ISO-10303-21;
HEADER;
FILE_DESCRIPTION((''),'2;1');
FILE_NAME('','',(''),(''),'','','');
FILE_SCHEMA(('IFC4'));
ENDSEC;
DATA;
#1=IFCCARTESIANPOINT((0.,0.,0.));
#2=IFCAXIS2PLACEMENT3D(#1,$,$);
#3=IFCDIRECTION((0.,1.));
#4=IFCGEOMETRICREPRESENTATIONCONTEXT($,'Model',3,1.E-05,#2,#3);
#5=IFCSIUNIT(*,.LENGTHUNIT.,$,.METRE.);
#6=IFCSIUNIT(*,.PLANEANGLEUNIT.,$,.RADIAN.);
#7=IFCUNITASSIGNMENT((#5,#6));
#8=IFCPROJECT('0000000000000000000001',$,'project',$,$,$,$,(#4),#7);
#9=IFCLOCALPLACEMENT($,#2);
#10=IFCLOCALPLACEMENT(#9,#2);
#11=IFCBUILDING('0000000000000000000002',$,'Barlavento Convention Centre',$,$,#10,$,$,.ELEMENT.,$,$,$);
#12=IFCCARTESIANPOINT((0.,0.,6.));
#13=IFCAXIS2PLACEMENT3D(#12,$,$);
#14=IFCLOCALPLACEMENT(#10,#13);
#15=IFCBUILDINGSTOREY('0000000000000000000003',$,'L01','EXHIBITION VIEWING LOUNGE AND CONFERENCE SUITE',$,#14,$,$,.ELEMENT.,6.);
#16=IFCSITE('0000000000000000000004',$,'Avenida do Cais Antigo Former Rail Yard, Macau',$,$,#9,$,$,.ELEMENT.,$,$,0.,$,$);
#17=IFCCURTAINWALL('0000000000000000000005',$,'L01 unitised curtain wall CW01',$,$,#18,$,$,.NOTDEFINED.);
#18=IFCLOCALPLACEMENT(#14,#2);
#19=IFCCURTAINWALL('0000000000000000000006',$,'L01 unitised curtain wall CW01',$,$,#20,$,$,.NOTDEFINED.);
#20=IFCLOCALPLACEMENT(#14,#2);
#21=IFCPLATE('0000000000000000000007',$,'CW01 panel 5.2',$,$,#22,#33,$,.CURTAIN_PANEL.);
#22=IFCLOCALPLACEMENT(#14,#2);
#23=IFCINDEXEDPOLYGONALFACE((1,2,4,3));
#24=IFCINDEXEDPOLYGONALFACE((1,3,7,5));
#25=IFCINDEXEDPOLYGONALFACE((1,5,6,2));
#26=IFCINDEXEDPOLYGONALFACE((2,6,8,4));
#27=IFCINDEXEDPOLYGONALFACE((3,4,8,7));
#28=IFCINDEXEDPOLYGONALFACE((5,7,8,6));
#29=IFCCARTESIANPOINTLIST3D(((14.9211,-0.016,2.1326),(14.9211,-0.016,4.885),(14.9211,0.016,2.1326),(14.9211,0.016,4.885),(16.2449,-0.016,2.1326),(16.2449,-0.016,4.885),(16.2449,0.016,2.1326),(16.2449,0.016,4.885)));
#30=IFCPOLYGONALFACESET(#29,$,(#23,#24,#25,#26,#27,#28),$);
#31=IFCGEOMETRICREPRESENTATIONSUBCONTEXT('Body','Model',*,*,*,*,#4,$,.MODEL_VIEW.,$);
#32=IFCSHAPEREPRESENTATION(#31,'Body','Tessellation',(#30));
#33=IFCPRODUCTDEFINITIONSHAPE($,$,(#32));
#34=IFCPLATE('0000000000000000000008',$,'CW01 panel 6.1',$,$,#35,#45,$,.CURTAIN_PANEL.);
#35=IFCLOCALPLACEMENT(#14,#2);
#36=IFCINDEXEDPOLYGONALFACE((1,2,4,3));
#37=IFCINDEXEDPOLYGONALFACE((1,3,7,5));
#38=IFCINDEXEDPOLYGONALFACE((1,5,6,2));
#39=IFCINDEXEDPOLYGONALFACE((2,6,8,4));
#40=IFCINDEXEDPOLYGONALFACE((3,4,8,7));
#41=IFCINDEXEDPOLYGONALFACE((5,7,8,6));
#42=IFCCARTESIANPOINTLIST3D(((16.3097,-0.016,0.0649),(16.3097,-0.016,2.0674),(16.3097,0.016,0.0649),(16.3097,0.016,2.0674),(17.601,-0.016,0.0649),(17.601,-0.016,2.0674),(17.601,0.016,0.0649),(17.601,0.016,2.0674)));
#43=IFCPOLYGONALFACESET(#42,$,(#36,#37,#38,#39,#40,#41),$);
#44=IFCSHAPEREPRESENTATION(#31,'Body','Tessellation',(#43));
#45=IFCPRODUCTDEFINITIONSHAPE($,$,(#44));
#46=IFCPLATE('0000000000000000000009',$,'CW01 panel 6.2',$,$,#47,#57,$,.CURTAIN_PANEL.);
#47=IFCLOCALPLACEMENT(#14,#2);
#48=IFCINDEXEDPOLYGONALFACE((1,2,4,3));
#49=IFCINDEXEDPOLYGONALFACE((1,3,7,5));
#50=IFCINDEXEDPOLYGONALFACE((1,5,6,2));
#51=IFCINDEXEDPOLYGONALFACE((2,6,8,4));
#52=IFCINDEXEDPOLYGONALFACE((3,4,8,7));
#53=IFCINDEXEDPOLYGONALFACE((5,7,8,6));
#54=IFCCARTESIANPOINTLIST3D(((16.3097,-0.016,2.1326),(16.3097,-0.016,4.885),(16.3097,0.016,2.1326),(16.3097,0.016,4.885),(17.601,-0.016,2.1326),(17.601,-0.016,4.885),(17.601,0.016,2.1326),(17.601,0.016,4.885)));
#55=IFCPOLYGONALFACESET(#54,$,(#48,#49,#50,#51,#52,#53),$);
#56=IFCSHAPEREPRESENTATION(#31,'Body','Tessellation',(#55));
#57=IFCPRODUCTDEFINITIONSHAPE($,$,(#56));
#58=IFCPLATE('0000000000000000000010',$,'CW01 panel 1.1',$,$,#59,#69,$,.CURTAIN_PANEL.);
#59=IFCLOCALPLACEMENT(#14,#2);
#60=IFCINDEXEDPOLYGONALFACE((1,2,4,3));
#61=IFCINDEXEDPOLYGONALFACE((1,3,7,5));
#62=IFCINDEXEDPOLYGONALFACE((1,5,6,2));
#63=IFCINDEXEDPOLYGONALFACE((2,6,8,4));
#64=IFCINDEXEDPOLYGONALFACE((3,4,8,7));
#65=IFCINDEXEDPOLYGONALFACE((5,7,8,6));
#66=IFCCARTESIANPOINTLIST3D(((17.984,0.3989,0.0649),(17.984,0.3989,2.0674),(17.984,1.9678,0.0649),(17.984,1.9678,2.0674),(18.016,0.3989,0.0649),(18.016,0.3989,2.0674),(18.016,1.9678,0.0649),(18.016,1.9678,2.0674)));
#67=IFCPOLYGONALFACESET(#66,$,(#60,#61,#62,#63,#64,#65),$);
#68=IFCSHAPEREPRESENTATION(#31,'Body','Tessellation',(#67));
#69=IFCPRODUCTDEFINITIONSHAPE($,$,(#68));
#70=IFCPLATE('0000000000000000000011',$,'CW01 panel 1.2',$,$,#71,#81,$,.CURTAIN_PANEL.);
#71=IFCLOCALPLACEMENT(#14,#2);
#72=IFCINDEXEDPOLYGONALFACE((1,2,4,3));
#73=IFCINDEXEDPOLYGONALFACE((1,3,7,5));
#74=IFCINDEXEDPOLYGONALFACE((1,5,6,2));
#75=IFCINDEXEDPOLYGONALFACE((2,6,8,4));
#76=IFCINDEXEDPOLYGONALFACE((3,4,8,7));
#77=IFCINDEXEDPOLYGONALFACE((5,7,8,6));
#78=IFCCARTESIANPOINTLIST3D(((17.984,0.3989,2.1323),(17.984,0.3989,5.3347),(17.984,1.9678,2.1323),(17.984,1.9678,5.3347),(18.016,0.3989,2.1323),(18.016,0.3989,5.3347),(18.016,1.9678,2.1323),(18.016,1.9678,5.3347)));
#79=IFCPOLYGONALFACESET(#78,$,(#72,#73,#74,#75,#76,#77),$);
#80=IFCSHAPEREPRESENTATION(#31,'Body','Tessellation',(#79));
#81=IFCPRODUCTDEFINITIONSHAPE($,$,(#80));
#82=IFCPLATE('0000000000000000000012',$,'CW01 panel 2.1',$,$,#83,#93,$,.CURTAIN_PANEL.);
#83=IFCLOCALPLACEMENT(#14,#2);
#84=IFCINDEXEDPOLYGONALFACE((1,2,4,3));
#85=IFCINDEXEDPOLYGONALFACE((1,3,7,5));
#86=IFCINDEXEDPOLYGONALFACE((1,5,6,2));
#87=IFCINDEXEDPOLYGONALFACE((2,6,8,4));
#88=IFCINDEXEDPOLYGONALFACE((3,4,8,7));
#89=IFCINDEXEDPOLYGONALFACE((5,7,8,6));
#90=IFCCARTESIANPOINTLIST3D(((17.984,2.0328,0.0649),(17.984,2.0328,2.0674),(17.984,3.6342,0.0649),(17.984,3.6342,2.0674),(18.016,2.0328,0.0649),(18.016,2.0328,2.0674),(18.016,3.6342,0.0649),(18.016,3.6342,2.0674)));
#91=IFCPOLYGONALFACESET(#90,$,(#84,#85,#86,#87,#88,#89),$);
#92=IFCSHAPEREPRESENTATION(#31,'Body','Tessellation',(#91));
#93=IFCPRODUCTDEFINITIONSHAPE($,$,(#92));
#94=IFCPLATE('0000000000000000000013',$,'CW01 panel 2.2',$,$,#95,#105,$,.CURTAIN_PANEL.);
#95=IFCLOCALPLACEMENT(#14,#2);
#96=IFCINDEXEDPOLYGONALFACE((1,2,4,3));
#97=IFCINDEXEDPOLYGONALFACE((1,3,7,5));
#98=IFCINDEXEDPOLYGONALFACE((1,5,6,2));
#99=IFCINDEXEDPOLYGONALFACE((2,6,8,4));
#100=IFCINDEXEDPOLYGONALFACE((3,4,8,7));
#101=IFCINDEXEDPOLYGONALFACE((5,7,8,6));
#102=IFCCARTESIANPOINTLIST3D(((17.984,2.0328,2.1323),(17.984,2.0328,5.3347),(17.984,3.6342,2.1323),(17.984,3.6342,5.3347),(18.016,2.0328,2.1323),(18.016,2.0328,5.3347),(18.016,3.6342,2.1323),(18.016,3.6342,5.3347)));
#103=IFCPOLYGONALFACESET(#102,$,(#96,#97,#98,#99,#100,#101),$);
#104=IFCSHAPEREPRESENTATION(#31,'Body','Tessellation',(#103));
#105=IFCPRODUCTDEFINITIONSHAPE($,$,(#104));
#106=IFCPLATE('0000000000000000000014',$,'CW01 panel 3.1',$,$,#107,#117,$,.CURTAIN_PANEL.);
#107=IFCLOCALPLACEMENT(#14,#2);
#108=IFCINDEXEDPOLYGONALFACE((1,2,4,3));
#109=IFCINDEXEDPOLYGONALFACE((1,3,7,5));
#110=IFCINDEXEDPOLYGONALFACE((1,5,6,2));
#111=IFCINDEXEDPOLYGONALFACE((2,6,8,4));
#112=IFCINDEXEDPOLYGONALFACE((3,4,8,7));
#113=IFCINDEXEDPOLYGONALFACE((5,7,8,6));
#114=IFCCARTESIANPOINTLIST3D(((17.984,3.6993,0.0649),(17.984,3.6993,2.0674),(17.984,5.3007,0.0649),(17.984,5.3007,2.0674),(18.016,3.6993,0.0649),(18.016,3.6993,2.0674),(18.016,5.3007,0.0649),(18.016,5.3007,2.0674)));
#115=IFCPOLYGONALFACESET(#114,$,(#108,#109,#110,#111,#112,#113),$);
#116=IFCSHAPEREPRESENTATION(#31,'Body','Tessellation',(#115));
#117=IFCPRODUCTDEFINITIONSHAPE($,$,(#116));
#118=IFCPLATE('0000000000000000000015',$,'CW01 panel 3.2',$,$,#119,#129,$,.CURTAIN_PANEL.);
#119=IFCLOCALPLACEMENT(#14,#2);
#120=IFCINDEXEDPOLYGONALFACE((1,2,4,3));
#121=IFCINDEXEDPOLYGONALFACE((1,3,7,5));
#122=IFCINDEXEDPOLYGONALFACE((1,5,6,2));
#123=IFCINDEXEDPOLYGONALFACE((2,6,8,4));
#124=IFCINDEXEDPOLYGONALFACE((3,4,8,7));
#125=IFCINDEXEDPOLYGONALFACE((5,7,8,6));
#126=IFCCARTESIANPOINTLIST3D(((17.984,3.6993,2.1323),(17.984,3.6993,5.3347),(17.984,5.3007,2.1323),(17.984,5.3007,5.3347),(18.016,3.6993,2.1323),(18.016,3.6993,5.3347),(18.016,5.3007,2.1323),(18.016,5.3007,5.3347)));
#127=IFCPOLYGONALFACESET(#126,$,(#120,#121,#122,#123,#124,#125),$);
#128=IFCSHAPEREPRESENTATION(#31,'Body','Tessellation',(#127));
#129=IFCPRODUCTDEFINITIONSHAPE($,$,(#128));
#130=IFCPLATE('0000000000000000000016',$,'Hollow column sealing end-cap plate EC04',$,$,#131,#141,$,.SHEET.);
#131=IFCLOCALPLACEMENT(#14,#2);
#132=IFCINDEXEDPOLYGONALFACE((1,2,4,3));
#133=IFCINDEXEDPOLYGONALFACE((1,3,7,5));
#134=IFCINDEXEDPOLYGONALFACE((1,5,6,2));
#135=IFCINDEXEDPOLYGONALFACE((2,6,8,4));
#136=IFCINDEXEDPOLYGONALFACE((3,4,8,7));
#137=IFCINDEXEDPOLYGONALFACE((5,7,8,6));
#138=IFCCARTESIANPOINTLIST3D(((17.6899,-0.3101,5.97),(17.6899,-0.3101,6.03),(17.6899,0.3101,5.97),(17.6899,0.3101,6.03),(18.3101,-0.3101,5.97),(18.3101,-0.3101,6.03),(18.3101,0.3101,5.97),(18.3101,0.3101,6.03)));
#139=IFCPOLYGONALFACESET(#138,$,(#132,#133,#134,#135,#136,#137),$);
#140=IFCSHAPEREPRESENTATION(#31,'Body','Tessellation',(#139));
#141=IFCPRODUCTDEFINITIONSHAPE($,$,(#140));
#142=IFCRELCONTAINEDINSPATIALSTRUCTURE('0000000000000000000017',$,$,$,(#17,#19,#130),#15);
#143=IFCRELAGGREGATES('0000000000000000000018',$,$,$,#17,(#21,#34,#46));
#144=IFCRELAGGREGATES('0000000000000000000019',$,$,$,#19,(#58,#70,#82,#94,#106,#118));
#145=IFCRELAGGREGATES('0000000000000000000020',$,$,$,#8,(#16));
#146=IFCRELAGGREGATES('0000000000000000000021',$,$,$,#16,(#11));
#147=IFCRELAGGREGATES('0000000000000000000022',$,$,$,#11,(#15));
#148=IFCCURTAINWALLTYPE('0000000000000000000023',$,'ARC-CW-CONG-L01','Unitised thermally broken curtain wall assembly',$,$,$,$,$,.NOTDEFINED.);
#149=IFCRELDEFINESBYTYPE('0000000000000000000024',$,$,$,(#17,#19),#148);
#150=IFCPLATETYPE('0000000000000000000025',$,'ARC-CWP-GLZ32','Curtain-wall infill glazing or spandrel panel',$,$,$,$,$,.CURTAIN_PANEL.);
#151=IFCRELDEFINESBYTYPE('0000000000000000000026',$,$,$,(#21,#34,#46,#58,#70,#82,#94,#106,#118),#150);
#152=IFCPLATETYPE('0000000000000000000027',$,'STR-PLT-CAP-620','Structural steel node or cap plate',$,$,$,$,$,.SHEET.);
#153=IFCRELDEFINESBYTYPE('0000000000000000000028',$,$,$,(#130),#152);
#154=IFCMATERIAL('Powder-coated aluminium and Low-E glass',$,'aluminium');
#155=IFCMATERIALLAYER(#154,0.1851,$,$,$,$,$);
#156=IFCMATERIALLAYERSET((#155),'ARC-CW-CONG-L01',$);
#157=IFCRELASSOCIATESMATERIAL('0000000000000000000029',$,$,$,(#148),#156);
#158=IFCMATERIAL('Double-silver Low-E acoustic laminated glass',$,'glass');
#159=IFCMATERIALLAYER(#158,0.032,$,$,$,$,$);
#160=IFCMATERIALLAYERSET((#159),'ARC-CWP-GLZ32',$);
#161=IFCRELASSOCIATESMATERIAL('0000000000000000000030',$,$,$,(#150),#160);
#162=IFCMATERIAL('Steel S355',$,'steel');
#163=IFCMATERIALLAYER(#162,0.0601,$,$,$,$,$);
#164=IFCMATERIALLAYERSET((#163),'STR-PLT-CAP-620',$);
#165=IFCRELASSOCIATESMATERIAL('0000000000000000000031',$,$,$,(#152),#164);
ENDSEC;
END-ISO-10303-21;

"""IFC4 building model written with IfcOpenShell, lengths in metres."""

from ifc_helpers import new_model, si_unit, direction, frame, origin, origin_2d, place, context, subcontext, project, spatial, rectangle, extrude, material, layer, layer_set, type_object, element, aggregate, save


model = new_model("IFC4")

# Units and contexts
model_context = context("Model", 3, precision=1e-05, world=origin(), true_north=direction((0.0, 1.0)))
body_context = subcontext(model_context, "Body", "Model", "MODEL_VIEW")
ifc_project = project(units=[si_unit("LENGTHUNIT", "METRE"), si_unit("PLANEANGLEUNIT", "RADIAN")], contexts=[model_context])

# Site, building, storey
site_placement = place(None, origin())
site = spatial("IfcSite", under=ifc_project, at=site_placement, Name="Avenida do Cais Antigo Former Rail Yard, Macau", CompositionType="ELEMENT", RefElevation=0.0)
building_placement = place(site_placement, origin())
building = spatial("IfcBuilding", under=site, at=building_placement, Name="Barlavento Convention Centre", CompositionType="ELEMENT")
storey_placement = place(building_placement, frame((0.0, 0.0, 6.0)))
storey = spatial("IfcBuildingStorey", under=building, at=storey_placement, Name="L01", Description="EXHIBITION VIEWING LOUNGE AND CONFERENCE SUITE", CompositionType="ELEMENT", Elevation=6.0)

# Curtain walls
ifc_material_1 = material(Name="Powder-coated aluminium and Low-E glass", Category="aluminium")
ifc_layer_1 = layer(ifc_material_1, 0.1851)
ifc_layer_set_1 = layer_set([ifc_layer_1], Name="ARC-CW-CONG-L01")
curtain_wall_type = type_object("IfcCurtainWallType", Name="ARC-CW-CONG-L01", Description="Unitised thermally broken curtain wall assembly", PredefinedType="NOTDEFINED", material=ifc_layer_set_1)
curtain_wall_1_placement = place(storey_placement, origin())
curtain_wall_1 = element("IfcCurtainWall", 1, at=curtain_wall_1_placement, inside=storey, type_object=curtain_wall_type, Name="L01 unitised curtain wall CW01", PredefinedType="NOTDEFINED")
curtain_wall_2_placement = place(storey_placement, origin())
curtain_wall_2 = element("IfcCurtainWall", 2, at=curtain_wall_2_placement, inside=storey, type_object=curtain_wall_type, Name="L01 unitised curtain wall CW01", PredefinedType="NOTDEFINED")

# Plates
ifc_material_2 = material(Name="Double-silver Low-E acoustic laminated glass", Category="glass")
ifc_layer_2 = layer(ifc_material_2, 0.032)
ifc_layer_set_2 = layer_set([ifc_layer_2], Name="ARC-CWP-GLZ32")
plate_type_1 = type_object("IfcPlateType", Name="ARC-CWP-GLZ32", Description="Curtain-wall infill glazing or spandrel panel", PredefinedType="CURTAIN_PANEL", material=ifc_layer_set_2)
plate_1_placement = place(storey_placement, frame((15.583, 0.0, 2.1326), z_axis=(0.0, 0.0, 1.0), x_axis=(1.0, 0.0, 0.0)))
plate_1 = element("IfcPlate", 3, at=plate_1_placement, type_object=plate_type_1, Name="CW01 panel 5.2", PredefinedType="CURTAIN_PANEL", context=body_context, shape_type="SweptSolid", body=[
    extrude(rectangle(XDim=1.3237, YDim=0.032, at=origin_2d()), origin(), (0.0, 0.0, 1.0), 2.7524),
])
plate_2_placement = place(storey_placement, frame((16.9553, 0.0, 0.0649), z_axis=(0.0, 0.0, 1.0), x_axis=(1.0, 0.0, 0.0)))
plate_2 = element("IfcPlate", 4, at=plate_2_placement, type_object=plate_type_1, Name="CW01 panel 6.1", PredefinedType="CURTAIN_PANEL", context=body_context, shape_type="SweptSolid", body=[
    extrude(rectangle(XDim=1.2913, YDim=0.032, at=origin_2d()), origin(), (0.0, 0.0, 1.0), 2.0024),
])
plate_3_placement = place(storey_placement, frame((16.9553, 0.0, 2.1326), z_axis=(0.0, 0.0, 1.0), x_axis=(1.0, 0.0, 0.0)))
plate_3 = element("IfcPlate", 5, at=plate_3_placement, type_object=plate_type_1, Name="CW01 panel 6.2", PredefinedType="CURTAIN_PANEL", context=body_context, shape_type="SweptSolid", body=[
    extrude(rectangle(XDim=1.2913, YDim=0.032, at=origin_2d()), origin(), (0.0, 0.0, 1.0), 2.7524),
])
aggregate(curtain_wall_1, [plate_1, plate_2, plate_3])
plate_4_placement = place(storey_placement, frame((18.0, 1.1833, 0.0649), z_axis=(0.0, 0.0, 1.0), x_axis=(0.0, 1.0, 0.0)))
plate_4 = element("IfcPlate", 6, at=plate_4_placement, type_object=plate_type_1, Name="CW01 panel 1.1", PredefinedType="CURTAIN_PANEL", context=body_context, shape_type="SweptSolid", body=[
    extrude(rectangle(XDim=1.5688, YDim=0.032, at=origin_2d()), origin(), (0.0, 0.0, 1.0), 2.0024),
])
plate_5_placement = place(storey_placement, frame((18.0, 1.1833, 2.1323), z_axis=(0.0, 0.0, 1.0), x_axis=(0.0, 1.0, 0.0)))
plate_5 = element("IfcPlate", 7, at=plate_5_placement, type_object=plate_type_1, Name="CW01 panel 1.2", PredefinedType="CURTAIN_PANEL", context=body_context, shape_type="SweptSolid", body=[
    extrude(rectangle(XDim=1.5688, YDim=0.032, at=origin_2d()), origin(), (0.0, 0.0, 1.0), 3.2024),
])
plate_6_placement = place(storey_placement, frame((18.0, 2.8335, 0.0649), z_axis=(0.0, 0.0, 1.0), x_axis=(0.0, 1.0, 0.0)))
plate_6 = element("IfcPlate", 8, at=plate_6_placement, type_object=plate_type_1, Name="CW01 panel 2.1", PredefinedType="CURTAIN_PANEL", context=body_context, shape_type="SweptSolid", body=[
    extrude(rectangle(XDim=1.6013, YDim=0.032, at=origin_2d()), origin(), (0.0, 0.0, 1.0), 2.0024),
])
plate_7_placement = place(storey_placement, frame((18.0, 2.8335, 2.1323), z_axis=(0.0, 0.0, 1.0), x_axis=(0.0, 1.0, 0.0)))
plate_7 = element("IfcPlate", 9, at=plate_7_placement, type_object=plate_type_1, Name="CW01 panel 2.2", PredefinedType="CURTAIN_PANEL", context=body_context, shape_type="SweptSolid", body=[
    extrude(rectangle(XDim=1.6013, YDim=0.032, at=origin_2d()), origin(), (0.0, 0.0, 1.0), 3.2024),
])
plate_8_placement = place(storey_placement, frame((18.0, 4.5, 0.0649), z_axis=(0.0, 0.0, 1.0), x_axis=(0.0, 1.0, 0.0)))
plate_8 = element("IfcPlate", 10, at=plate_8_placement, type_object=plate_type_1, Name="CW01 panel 3.1", PredefinedType="CURTAIN_PANEL", context=body_context, shape_type="SweptSolid", body=[
    extrude(rectangle(XDim=1.6013, YDim=0.032, at=origin_2d()), origin(), (0.0, 0.0, 1.0), 2.0024),
])
plate_9_placement = place(storey_placement, frame((18.0, 4.5, 2.1323), z_axis=(0.0, 0.0, 1.0), x_axis=(0.0, 1.0, 0.0)))
plate_9 = element("IfcPlate", 11, at=plate_9_placement, type_object=plate_type_1, Name="CW01 panel 3.2", PredefinedType="CURTAIN_PANEL", context=body_context, shape_type="SweptSolid", body=[
    extrude(rectangle(XDim=1.6013, YDim=0.032, at=origin_2d()), origin(), (0.0, 0.0, 1.0), 3.2024),
])
aggregate(curtain_wall_2, [plate_4, plate_5, plate_6, plate_7, plate_8, plate_9])
ifc_material_3 = material(Name="Steel S355", Category="steel")
ifc_layer_3 = layer(ifc_material_3, 0.0601)
ifc_layer_set_3 = layer_set([ifc_layer_3], Name="STR-PLT-CAP-620")
plate_type_2 = type_object("IfcPlateType", Name="STR-PLT-CAP-620", Description="Structural steel node or cap plate", PredefinedType="SHEET", material=ifc_layer_set_3)
plate_10_placement = place(storey_placement, frame((18.0, 0.0, 5.97), z_axis=(0.0, 0.0, 1.0), x_axis=(1.0, 0.0, 0.0)))
element("IfcPlate", 12, at=plate_10_placement, inside=storey, type_object=plate_type_2, Name="Hollow column sealing end-cap plate EC04", PredefinedType="SHEET", context=body_context, shape_type="SweptSolid", body=[
    extrude(rectangle(XDim=0.6201, YDim=0.6201, at=origin_2d()), origin(), (0.0, 0.0, 1.0), 0.0601),
])

save(model, "model.ifc")
